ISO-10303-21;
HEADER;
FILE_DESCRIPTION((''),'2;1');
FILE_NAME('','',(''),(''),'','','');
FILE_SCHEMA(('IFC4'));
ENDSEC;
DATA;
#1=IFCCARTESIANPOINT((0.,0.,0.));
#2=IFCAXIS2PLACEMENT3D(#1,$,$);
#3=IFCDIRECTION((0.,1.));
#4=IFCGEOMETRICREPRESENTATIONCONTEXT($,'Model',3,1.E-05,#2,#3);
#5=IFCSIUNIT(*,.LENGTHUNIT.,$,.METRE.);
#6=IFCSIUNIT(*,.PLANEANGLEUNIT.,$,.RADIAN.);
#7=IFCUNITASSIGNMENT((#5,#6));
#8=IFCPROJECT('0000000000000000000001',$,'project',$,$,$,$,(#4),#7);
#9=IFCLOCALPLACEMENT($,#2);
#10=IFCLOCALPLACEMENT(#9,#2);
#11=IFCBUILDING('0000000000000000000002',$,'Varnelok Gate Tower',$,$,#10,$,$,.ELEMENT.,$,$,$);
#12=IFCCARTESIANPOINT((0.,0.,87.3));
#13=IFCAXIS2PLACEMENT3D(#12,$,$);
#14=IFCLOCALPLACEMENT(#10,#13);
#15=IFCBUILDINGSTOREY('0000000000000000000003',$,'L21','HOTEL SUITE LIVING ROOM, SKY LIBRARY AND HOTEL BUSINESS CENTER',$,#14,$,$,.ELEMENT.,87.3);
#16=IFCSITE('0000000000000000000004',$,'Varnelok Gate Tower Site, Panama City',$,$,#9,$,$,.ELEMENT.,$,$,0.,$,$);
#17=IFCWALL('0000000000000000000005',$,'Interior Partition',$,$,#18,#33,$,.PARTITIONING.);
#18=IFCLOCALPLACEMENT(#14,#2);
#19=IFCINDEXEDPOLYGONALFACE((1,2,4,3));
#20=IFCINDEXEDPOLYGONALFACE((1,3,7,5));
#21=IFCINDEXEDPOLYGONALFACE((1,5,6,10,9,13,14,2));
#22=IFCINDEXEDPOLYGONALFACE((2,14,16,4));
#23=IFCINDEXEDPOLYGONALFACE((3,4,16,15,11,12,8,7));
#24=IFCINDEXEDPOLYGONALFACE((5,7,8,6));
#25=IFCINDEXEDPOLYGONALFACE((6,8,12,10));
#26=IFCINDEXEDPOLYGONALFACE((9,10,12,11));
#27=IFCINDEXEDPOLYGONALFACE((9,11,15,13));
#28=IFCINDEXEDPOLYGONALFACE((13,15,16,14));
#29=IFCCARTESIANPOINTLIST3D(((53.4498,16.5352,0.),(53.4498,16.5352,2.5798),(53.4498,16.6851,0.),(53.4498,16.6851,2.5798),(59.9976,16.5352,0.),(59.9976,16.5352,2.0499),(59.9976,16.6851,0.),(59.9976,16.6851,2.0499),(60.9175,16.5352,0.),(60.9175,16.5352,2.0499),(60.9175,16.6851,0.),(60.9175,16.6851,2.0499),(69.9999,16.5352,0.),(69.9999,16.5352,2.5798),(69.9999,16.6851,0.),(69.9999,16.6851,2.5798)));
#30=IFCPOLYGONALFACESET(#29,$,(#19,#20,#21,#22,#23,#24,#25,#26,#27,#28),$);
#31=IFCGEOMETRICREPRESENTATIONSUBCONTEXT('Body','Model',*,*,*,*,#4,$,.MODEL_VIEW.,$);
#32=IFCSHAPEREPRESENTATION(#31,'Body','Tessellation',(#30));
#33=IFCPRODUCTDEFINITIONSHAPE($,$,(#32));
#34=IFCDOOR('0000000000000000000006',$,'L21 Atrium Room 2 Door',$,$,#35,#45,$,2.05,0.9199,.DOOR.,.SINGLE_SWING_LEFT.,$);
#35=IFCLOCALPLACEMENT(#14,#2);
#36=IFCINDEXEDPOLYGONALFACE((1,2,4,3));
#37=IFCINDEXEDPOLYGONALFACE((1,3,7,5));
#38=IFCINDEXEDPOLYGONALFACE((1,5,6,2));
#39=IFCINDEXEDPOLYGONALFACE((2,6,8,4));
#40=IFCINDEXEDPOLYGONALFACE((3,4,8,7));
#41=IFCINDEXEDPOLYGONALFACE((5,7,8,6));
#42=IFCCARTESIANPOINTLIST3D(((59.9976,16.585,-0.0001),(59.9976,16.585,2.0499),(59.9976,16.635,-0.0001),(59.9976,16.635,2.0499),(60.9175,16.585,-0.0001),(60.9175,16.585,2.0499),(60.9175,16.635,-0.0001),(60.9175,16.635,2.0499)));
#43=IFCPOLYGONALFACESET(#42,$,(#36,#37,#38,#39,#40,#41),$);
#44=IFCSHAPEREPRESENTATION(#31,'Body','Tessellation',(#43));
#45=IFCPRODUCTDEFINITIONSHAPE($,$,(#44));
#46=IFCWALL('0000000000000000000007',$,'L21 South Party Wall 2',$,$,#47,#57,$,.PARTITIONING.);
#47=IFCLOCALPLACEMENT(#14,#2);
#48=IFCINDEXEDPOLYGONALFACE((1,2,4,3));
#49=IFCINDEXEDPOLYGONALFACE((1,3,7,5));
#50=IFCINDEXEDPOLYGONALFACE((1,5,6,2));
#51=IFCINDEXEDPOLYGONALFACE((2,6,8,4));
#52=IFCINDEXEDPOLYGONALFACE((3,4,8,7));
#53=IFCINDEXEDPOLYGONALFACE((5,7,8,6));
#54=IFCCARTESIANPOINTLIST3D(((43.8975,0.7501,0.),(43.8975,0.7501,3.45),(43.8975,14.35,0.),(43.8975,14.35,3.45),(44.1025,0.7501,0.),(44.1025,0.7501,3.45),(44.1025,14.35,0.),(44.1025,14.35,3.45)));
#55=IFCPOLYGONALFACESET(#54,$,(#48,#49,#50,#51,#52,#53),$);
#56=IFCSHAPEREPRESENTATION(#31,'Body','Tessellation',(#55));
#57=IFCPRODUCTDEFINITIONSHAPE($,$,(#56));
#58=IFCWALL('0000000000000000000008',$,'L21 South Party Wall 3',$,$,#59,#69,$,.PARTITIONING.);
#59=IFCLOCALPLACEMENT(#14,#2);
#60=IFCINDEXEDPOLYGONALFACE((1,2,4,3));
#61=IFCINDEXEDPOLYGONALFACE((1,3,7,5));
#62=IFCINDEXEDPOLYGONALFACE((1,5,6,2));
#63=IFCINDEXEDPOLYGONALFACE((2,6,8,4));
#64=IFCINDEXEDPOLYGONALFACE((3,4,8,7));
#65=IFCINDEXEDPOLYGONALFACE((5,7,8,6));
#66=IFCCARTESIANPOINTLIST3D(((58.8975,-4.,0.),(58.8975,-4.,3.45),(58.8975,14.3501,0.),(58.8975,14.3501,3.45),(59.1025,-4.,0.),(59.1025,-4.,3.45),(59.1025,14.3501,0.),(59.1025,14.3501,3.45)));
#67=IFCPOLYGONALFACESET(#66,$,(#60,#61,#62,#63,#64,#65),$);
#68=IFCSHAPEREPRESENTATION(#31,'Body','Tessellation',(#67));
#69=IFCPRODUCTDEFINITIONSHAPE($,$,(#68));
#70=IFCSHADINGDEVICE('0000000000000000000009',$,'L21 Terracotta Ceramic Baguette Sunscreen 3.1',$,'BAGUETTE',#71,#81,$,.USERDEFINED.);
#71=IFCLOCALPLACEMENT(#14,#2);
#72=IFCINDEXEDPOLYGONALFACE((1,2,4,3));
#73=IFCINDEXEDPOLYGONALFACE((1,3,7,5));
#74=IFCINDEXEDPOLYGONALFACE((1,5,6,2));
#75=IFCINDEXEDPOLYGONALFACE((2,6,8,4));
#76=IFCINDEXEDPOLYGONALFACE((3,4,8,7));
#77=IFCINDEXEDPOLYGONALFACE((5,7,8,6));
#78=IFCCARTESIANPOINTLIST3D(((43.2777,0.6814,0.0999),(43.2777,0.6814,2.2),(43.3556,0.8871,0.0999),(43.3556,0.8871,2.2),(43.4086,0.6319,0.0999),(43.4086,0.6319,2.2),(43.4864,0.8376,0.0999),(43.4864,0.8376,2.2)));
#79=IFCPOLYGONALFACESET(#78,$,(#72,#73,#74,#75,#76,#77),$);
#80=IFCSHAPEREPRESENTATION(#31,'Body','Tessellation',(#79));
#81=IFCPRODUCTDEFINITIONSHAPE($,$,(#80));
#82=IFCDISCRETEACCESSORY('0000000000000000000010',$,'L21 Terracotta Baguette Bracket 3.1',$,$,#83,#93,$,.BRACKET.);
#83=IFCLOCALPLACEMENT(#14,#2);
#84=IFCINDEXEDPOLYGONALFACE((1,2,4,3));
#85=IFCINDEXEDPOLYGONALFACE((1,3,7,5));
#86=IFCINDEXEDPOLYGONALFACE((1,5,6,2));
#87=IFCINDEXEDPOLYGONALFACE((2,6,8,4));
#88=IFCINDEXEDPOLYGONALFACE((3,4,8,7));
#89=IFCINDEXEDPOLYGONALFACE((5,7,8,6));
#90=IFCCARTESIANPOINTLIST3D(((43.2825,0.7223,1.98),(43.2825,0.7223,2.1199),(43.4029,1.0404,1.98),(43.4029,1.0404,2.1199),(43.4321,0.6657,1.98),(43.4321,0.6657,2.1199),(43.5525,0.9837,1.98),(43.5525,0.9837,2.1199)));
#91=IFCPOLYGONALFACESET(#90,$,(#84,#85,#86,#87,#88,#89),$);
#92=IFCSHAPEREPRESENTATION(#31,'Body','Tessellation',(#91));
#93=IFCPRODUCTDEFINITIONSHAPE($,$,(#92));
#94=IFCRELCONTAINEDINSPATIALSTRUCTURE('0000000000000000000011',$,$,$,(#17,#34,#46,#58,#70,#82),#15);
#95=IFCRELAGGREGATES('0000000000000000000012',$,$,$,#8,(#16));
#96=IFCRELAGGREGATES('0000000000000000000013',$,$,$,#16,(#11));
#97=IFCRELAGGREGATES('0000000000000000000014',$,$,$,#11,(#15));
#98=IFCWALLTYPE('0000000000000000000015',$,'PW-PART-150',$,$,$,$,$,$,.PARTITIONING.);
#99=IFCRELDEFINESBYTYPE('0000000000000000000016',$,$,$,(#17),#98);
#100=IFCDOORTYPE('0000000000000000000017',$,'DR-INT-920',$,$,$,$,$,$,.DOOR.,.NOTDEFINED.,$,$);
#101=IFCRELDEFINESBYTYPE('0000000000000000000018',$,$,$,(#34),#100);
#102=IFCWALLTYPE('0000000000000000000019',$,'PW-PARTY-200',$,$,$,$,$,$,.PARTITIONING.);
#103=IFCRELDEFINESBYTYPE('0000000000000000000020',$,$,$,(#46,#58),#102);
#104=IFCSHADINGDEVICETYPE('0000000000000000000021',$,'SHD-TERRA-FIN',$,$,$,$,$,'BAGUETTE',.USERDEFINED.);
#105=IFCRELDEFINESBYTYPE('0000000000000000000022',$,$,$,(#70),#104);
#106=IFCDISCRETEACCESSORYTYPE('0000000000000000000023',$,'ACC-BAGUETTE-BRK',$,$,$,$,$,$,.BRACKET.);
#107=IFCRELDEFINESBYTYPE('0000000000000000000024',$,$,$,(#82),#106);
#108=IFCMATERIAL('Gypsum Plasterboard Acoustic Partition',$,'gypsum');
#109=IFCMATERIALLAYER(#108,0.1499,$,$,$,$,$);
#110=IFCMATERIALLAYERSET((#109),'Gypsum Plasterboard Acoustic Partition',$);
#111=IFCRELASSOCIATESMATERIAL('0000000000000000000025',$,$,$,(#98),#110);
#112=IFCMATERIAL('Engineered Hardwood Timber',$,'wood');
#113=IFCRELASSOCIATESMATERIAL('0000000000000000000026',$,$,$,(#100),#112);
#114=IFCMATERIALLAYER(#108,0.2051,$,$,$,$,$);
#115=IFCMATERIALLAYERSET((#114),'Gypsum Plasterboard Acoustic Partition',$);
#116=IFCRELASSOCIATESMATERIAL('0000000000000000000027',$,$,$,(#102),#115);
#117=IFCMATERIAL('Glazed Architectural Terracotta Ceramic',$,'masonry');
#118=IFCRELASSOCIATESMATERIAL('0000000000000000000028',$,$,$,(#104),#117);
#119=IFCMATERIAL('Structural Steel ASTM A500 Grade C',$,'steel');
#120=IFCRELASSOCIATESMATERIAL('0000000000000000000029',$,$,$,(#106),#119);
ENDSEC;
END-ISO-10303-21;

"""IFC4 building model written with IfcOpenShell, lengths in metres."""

from ifc_helpers import new_model, si_unit, direction, frame, frame_2d, origin, origin_2d, place, context, subcontext, project, spatial, rectangle, extrude, source, transform, mapped, material, layer, layer_set, type_object, element, fill, save


model = new_model("IFC4")

# Units and contexts
model_context = context("Model", 3, precision=1e-05, world=origin(), true_north=direction((0.0, 1.0)))
body_context = subcontext(model_context, "Body", "Model", "MODEL_VIEW")
ifc_project = project(units=[si_unit("LENGTHUNIT", "METRE"), si_unit("PLANEANGLEUNIT", "RADIAN")], contexts=[model_context])

# Site, building, storey
site_placement = place(None, origin())
site = spatial("IfcSite", under=ifc_project, at=site_placement, Name="Varnelok Gate Tower Site, Panama City", CompositionType="ELEMENT", RefElevation=0.0)
building_placement = place(site_placement, origin())
building = spatial("IfcBuilding", under=site, at=building_placement, Name="Varnelok Gate Tower", CompositionType="ELEMENT")
storey_placement = place(building_placement, frame((0.0, 0.0, 87.3)))
storey = spatial("IfcBuildingStorey", under=building, at=storey_placement, Name="L21", Description="HOTEL SUITE LIVING ROOM, SKY LIBRARY AND HOTEL BUSINESS CENTER", CompositionType="ELEMENT", Elevation=87.3)

# Shared definitions
ifc_material_1 = material(Name="Gypsum Plasterboard Acoustic Partition", Category="gypsum")
ifc_material_2 = material(Name="Engineered Hardwood Timber", Category="wood")

# Wall, opening, door
ifc_layer_1 = layer(ifc_material_1, 0.1499)
ifc_layer_set_1 = layer_set([ifc_layer_1], Name="Gypsum Plasterboard Acoustic Partition")
wall_type_1 = type_object("IfcWallType", Name="PW-PART-150", PredefinedType="PARTITIONING", material=ifc_layer_set_1)
wall_1_placement = place(storey_placement, frame((53.45, 16.6101, 0.0), z_axis=(0.0, 0.0, 1.0), x_axis=(1.0, 0.0, 0.0)))
wall_1 = element("IfcWall", 1, at=wall_1_placement, inside=storey, type_object=wall_type_1, Name="Interior Partition", PredefinedType="PARTITIONING", context=body_context, shape_type="SweptSolid", body=[
    extrude(rectangle(XDim=16.55, YDim=0.1499, at=frame_2d((8.2749, 0.0))), origin(), (0.0, 0.0, 1.0), 2.5798),
])
opening_1_placement = place(wall_1_placement, frame((6.5476, 0.0, 0.0)))
opening_1 = element("IfcOpeningElement", 2, at=opening_1_placement, cuts=wall_1, PredefinedType="OPENING", context=body_context, shape_type="SweptSolid", body=[
    extrude(rectangle(XDim=0.9199, YDim=2.05, at=frame_2d((0.46, 1.0249))), frame((0.0, 0.085, 0.0), z_axis=(0.0, -1.0, 0.0), x_axis=(1.0, 0.0, 0.0)), (0.0, 0.0, 1.0), 0.1699),
])
door_type_1 = type_object("IfcDoorType", Name="DR-INT-920", OperationType="NOTDEFINED", PredefinedType="DOOR", material=ifc_material_2)
door_1_placement = place(opening_1_placement, origin())
door_1 = element("IfcDoor", 3, at=door_1_placement, inside=storey, type_object=door_type_1, Name="L21 Atrium Room 2 Door", OperationType="SINGLE_SWING_LEFT", OverallHeight=2.05, OverallWidth=0.9199, PredefinedType="DOOR", context=body_context, shape_type="SweptSolid", body=[
    extrude(rectangle(XDim=0.9199, YDim=2.05, at=frame_2d((0.46, 1.0249))), frame((0.0, 0.0249, 0.0), z_axis=(0.0, -1.0, 0.0), x_axis=(1.0, 0.0, 0.0)), (0.0, 0.0, 1.0), 0.05),
])
fill(opening_1, door_1)

# Walls
ifc_layer_2 = layer(ifc_material_1, 0.2051)
ifc_layer_set_2 = layer_set([ifc_layer_2], Name="Gypsum Plasterboard Acoustic Partition")
wall_type_2 = type_object("IfcWallType", Name="PW-PARTY-200", PredefinedType="PARTITIONING", material=ifc_layer_set_2)
wall_2_placement = place(storey_placement, frame((44.0, 0.7502, 0.0), z_axis=(0.0, 0.0, 1.0), x_axis=(0.0, 1.0, 0.0)))
element("IfcWall", 4, at=wall_2_placement, inside=storey, type_object=wall_type_2, Name="L21 South Party Wall 2", PredefinedType="PARTITIONING", context=body_context, shape_type="SweptSolid", body=[
    extrude(rectangle(XDim=13.5999, YDim=0.2051, at=frame_2d((6.7998, 0.0))), origin(), (0.0, 0.0, 1.0), 3.45),
])
wall_3_placement = place(storey_placement, frame((59.0, -4.0, 0.0), z_axis=(0.0, 0.0, 1.0), x_axis=(0.0, 1.0, 0.0)))
element("IfcWall", 5, at=wall_3_placement, inside=storey, type_object=wall_type_2, Name="L21 South Party Wall 3", PredefinedType="PARTITIONING", context=body_context, shape_type="SweptSolid", body=[
    extrude(rectangle(XDim=18.3501, YDim=0.2051, at=frame_2d((9.175, 0.0))), origin(), (0.0, 0.0, 1.0), 3.45),
])

# Shading device
ifc_material_3 = material(Name="Glazed Architectural Terracotta Ceramic", Category="masonry")
shading_device_type = type_object("IfcShadingDeviceType", Name="SHD-TERRA-FIN", ElementType="BAGUETTE", PredefinedType="USERDEFINED", material=ifc_material_3)
shared_shape_1 = source(origin(), body_context, "Body", "SweptSolid", [
    extrude(rectangle(XDim=0.1399, YDim=0.22, at=origin_2d()), origin(), (0.0, 0.0, 1.0), 2.1001),
])
shading_device_placement = place(storey_placement, frame((43.3821, 0.7595, 0.0999), z_axis=(0.0, 0.0, 1.0), x_axis=(0.935222, -0.354063, 0.0)))
element("IfcShadingDevice", 6, at=shading_device_placement, inside=storey, type_object=shading_device_type, Name="L21 Terracotta Ceramic Baguette Sunscreen 3.1", ObjectType="BAGUETTE", PredefinedType="USERDEFINED", context=body_context, shape_type="MappedRepresentation", body=[
    mapped(shared_shape_1, transform((0.0, 0.0, 0.0), scale=1.0)),
])

# Discrete accessory
ifc_material_4 = material(Name="Structural Steel ASTM A500 Grade C", Category="steel")
discrete_accessory_type = type_object("IfcDiscreteAccessoryType", Name="ACC-BAGUETTE-BRK", PredefinedType="BRACKET", material=ifc_material_4)
shared_shape_2 = source(origin(), body_context, "Body", "SweptSolid", [
    extrude(rectangle(XDim=0.1599, YDim=0.3401, at=origin_2d()), origin(), (0.0, 0.0, 1.0), 0.1399),
])
discrete_accessory_placement = place(storey_placement, frame((43.4175, 0.853, 1.98), z_axis=(0.0, 0.0, 1.0), x_axis=(0.935222, -0.354063, 0.0)))
element("IfcDiscreteAccessory", 7, at=discrete_accessory_placement, inside=storey, type_object=discrete_accessory_type, Name="L21 Terracotta Baguette Bracket 3.1", PredefinedType="BRACKET", context=body_context, shape_type="MappedRepresentation", body=[
    mapped(shared_shape_2, transform((0.0, 0.0, 0.0), scale=1.0)),
])

save(model, "model.ifc")
